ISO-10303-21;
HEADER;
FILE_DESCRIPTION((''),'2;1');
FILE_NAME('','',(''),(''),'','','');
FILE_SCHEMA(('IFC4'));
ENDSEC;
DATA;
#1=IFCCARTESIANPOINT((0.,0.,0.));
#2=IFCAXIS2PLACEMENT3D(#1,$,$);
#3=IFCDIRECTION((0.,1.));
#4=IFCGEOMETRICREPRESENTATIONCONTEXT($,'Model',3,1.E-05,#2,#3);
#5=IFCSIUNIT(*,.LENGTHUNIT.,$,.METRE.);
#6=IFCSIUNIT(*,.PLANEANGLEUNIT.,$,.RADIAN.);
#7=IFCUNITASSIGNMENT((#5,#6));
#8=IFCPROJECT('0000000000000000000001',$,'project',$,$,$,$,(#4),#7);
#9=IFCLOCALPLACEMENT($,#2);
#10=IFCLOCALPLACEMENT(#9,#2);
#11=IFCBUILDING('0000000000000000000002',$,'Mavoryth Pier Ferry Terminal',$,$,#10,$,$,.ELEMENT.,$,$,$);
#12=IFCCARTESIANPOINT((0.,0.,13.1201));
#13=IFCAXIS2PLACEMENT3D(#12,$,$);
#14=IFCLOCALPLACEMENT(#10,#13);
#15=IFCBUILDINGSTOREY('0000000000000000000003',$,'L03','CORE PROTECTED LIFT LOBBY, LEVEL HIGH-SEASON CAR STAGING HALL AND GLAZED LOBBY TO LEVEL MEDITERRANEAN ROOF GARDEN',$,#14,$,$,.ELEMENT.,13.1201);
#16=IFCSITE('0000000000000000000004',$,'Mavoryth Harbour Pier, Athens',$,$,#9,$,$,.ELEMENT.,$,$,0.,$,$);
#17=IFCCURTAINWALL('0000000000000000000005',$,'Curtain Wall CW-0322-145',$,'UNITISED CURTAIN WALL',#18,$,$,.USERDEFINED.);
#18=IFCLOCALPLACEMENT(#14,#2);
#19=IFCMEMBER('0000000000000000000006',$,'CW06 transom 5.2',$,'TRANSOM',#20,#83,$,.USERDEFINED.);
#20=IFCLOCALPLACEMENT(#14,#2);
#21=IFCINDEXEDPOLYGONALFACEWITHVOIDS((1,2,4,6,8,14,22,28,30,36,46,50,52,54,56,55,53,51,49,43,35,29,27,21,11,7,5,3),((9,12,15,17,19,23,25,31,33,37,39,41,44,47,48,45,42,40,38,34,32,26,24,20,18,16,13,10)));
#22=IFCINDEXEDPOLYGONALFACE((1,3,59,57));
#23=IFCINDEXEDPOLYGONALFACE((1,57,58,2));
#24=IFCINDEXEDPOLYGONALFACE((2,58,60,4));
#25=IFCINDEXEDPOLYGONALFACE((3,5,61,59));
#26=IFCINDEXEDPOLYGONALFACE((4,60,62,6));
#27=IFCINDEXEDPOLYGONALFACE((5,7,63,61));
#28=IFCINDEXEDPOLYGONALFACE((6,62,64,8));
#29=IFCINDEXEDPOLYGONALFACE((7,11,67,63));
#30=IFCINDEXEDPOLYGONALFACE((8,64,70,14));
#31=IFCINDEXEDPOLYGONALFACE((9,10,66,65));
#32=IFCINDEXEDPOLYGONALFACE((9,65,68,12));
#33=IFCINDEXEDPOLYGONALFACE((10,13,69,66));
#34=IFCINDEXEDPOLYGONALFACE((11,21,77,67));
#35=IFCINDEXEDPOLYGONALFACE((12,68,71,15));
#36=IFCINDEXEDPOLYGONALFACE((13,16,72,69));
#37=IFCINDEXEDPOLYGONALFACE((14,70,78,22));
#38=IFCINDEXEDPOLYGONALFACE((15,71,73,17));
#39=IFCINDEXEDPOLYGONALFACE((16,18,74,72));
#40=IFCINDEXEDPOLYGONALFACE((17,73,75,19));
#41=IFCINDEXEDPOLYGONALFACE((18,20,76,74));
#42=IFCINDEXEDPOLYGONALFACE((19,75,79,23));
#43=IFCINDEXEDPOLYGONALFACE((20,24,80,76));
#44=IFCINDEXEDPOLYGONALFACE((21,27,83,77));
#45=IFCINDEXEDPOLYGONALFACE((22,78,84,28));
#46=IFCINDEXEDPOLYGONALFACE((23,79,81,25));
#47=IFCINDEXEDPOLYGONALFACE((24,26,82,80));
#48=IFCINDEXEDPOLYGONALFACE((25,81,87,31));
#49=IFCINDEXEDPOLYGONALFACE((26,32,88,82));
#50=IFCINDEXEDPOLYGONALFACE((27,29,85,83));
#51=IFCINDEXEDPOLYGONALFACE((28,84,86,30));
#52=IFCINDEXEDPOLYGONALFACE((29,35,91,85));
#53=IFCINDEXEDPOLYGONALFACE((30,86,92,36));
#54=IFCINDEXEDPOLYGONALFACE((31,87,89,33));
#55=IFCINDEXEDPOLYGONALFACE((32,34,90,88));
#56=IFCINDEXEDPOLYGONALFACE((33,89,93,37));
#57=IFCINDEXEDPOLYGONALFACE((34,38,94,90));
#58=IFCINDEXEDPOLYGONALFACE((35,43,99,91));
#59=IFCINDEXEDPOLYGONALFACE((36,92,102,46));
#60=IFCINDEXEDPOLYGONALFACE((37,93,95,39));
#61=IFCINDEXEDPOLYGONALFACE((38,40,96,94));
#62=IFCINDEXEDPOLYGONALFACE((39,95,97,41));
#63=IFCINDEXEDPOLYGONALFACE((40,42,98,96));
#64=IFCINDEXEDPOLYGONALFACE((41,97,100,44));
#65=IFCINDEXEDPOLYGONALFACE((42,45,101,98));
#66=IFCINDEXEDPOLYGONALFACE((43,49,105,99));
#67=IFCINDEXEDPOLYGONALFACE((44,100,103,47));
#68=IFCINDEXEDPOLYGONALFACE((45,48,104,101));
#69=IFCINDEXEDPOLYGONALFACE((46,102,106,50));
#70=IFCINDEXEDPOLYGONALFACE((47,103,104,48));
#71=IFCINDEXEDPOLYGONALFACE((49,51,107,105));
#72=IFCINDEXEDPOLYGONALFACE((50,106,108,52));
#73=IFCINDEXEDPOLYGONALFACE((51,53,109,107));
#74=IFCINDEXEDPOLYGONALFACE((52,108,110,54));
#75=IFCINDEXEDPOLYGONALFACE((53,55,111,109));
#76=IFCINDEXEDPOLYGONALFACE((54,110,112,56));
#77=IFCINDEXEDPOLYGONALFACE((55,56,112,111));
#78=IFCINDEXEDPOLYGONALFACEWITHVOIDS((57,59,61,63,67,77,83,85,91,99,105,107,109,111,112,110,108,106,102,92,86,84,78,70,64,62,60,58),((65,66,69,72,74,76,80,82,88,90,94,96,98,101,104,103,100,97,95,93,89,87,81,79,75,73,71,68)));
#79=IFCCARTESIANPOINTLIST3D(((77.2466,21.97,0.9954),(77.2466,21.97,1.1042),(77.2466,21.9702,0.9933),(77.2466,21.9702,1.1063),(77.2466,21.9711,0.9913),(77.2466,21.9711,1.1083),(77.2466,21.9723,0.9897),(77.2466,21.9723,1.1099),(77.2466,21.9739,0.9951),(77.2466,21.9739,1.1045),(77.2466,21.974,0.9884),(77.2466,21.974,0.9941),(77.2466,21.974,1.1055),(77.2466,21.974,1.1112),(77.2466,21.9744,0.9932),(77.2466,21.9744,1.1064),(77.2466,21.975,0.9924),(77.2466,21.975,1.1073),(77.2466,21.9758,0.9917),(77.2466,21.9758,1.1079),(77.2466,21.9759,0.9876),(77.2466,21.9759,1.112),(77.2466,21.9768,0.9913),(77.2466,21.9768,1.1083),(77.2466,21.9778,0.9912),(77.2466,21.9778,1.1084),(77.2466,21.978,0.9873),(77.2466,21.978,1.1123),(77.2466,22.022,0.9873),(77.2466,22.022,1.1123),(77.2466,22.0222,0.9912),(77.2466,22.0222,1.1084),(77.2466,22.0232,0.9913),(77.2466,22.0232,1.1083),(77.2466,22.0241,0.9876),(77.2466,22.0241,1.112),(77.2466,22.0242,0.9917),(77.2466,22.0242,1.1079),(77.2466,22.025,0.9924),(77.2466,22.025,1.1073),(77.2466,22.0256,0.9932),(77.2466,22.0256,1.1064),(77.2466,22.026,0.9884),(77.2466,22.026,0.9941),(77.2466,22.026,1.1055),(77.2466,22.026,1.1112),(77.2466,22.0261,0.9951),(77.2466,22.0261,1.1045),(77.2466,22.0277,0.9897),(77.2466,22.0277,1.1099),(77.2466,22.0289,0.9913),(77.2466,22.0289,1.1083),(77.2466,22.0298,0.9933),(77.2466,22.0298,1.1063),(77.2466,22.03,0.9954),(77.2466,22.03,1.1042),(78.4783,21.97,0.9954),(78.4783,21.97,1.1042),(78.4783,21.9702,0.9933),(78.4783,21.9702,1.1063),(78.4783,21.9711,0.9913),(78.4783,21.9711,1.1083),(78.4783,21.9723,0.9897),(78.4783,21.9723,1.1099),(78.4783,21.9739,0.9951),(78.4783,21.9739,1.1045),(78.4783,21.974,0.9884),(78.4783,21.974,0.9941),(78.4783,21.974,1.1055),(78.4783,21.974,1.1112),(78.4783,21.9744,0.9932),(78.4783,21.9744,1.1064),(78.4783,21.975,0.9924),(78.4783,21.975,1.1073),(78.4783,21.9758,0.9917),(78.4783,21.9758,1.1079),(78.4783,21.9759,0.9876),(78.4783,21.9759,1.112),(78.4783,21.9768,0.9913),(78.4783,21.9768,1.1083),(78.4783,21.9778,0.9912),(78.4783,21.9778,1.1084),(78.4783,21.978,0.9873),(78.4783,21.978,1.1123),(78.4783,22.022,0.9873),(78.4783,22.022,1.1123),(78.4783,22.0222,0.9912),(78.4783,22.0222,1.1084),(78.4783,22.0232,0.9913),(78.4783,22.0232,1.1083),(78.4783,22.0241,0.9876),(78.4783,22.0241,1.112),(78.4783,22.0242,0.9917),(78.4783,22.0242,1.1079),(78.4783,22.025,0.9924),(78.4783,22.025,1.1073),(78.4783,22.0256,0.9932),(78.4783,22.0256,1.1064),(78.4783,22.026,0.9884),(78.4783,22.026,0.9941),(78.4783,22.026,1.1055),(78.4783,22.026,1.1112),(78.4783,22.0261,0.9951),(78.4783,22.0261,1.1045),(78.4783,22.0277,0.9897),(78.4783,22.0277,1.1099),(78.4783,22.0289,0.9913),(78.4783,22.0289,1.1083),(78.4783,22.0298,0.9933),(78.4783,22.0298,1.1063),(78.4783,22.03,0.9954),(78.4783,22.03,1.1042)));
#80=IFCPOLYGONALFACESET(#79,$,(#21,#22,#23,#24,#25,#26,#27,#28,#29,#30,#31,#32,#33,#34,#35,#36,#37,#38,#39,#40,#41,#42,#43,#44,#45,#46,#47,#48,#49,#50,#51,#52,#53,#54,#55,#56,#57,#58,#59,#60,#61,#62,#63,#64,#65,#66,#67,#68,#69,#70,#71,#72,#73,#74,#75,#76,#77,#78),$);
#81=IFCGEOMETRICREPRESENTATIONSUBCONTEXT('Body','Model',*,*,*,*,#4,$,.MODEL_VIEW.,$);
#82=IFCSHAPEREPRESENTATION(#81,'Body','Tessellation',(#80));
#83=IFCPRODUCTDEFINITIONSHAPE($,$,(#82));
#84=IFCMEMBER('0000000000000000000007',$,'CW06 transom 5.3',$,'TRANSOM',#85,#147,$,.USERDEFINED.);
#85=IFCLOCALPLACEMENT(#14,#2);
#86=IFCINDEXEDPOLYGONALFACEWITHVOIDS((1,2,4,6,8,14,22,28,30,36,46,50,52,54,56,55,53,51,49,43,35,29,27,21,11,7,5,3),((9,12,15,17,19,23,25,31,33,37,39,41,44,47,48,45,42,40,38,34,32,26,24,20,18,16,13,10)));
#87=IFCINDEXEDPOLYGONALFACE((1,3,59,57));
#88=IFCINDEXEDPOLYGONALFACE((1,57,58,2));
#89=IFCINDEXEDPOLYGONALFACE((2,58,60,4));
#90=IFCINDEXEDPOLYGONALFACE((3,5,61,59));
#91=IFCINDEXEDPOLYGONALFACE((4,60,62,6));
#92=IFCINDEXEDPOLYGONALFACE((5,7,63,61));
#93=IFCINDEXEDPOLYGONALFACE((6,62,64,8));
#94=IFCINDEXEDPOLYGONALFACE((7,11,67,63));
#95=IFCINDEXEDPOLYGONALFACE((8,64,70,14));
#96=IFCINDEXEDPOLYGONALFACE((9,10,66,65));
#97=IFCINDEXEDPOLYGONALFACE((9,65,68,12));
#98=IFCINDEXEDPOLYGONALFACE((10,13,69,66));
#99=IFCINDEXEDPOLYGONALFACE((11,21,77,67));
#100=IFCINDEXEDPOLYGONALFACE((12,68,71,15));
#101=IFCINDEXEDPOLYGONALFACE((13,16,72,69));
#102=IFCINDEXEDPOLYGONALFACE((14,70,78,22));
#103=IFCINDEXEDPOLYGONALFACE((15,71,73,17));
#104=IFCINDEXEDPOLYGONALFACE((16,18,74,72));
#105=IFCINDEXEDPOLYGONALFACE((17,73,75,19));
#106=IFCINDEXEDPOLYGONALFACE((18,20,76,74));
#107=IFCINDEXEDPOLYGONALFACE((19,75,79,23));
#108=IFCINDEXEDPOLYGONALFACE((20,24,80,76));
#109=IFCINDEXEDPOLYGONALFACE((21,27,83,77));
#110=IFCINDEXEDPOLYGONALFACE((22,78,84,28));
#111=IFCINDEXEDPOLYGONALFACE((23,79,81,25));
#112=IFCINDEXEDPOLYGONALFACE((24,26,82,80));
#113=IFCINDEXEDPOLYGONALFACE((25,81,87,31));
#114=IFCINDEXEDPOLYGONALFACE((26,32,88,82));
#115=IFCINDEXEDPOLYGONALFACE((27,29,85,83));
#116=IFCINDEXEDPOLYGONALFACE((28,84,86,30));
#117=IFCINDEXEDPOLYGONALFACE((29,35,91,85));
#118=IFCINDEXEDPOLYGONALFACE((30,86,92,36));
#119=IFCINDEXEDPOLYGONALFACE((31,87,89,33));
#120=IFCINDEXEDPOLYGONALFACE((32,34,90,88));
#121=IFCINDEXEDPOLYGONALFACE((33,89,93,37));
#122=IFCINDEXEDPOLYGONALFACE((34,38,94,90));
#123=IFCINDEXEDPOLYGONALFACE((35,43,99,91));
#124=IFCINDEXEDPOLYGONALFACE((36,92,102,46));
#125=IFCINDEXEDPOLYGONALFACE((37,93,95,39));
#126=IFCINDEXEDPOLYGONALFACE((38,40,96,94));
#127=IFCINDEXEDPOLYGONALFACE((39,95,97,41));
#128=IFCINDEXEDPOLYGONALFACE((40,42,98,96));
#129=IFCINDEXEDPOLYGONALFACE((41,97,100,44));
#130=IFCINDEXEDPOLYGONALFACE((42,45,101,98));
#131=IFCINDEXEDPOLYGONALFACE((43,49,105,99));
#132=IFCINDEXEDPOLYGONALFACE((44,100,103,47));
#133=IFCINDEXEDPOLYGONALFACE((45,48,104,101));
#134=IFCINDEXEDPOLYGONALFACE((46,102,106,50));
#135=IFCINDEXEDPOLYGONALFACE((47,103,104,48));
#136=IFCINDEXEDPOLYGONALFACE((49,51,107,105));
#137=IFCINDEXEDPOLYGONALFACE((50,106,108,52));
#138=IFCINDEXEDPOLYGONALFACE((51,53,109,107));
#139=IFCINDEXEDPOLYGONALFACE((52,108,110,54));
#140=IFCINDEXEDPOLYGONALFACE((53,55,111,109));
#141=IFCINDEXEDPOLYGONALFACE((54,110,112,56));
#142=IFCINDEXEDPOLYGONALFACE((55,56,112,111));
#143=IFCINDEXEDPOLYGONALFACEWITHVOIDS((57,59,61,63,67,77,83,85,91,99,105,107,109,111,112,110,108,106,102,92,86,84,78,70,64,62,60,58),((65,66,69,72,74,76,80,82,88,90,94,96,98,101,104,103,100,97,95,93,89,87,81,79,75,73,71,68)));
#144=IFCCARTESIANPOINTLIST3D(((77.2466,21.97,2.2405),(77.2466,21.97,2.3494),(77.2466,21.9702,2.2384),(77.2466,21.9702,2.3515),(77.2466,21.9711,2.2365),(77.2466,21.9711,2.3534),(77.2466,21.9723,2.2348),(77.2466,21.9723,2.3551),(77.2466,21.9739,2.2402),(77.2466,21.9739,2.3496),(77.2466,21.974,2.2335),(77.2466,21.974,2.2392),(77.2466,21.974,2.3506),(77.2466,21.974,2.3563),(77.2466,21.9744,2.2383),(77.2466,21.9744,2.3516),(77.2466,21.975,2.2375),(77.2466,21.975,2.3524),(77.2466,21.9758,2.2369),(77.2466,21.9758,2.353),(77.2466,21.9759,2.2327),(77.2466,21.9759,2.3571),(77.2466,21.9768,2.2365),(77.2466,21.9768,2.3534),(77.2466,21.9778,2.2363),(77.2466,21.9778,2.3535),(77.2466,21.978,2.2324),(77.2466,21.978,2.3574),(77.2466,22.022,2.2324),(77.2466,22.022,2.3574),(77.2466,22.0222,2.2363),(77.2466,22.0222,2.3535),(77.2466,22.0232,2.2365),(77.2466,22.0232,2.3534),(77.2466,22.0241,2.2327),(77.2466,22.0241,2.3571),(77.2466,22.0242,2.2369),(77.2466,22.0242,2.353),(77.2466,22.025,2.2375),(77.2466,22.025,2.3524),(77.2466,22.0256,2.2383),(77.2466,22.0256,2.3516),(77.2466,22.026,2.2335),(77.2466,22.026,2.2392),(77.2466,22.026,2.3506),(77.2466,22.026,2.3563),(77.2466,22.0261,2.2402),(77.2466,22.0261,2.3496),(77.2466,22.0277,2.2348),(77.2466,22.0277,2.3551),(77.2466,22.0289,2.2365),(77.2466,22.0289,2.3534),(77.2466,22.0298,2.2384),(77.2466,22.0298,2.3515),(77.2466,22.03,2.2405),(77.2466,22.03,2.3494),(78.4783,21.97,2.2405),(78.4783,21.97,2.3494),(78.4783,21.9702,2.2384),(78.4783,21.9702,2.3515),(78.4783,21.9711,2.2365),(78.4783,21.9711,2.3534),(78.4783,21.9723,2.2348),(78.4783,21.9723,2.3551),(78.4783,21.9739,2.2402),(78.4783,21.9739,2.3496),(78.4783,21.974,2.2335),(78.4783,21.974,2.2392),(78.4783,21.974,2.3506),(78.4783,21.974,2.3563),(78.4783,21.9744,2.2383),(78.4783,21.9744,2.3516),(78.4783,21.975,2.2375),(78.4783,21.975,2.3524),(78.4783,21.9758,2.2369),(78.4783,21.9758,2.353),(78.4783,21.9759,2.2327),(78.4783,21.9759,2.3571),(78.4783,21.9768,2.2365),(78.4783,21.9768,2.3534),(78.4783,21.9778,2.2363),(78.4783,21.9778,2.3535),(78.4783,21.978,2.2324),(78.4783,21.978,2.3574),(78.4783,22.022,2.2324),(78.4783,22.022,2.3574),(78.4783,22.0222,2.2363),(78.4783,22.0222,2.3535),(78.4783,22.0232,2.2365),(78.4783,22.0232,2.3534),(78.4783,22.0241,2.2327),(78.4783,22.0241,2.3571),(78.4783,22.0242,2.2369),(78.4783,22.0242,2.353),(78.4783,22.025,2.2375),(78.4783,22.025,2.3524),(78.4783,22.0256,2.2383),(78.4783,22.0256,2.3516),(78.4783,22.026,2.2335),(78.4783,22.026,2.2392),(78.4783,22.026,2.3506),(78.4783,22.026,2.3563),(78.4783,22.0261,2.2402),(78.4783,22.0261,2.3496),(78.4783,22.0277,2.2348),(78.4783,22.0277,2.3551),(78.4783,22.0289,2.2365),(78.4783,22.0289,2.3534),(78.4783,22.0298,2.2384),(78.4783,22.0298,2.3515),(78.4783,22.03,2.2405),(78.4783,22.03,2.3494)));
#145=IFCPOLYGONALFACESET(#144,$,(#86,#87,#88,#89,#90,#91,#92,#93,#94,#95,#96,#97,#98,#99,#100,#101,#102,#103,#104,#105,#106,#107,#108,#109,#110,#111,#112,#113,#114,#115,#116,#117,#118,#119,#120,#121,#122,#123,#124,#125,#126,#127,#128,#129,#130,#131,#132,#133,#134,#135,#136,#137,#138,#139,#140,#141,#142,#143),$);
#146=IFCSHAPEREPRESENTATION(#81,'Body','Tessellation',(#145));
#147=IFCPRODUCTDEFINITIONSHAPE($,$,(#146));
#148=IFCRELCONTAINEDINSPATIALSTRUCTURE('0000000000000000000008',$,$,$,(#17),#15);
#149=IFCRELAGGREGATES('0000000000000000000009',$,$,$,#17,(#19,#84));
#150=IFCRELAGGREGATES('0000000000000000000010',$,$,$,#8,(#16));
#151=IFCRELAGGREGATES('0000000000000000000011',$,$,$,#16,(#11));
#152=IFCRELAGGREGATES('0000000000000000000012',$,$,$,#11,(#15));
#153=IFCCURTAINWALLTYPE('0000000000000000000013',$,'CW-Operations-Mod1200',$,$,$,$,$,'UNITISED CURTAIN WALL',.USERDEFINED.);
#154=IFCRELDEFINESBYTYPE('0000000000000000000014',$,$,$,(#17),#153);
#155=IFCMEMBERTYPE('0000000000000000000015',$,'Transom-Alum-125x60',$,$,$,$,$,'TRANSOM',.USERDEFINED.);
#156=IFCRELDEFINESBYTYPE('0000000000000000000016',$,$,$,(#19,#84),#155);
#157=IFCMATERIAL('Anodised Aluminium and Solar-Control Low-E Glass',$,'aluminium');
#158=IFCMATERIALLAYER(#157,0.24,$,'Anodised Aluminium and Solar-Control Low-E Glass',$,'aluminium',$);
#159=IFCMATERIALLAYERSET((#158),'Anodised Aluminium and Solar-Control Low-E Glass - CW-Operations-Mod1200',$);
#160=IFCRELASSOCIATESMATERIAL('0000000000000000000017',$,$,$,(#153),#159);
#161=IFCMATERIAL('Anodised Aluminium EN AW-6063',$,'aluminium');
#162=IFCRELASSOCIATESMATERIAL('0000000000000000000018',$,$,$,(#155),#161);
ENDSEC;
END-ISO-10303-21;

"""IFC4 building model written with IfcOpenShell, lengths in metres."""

from ifc_helpers import new_model, si_unit, direction, frame, origin, origin_2d, place, context, subcontext, project, spatial, hollow_rectangle, extrude, material, layer, layer_set, material_profile, profile_set, type_object, element, aggregate, save


model = new_model("IFC4")

# Units and contexts
model_context = context("Model", 3, precision=1e-05, world=origin(), true_north=direction((0.0, 1.0)))
body_context = subcontext(model_context, "Body", "Model", "MODEL_VIEW")
ifc_project = project(units=[si_unit("LENGTHUNIT", "METRE"), si_unit("PLANEANGLEUNIT", "RADIAN")], contexts=[model_context])

# Site, building, storey
site_placement = place(None, origin())
site = spatial("IfcSite", under=ifc_project, at=site_placement, Name="Mavoryth Harbour Pier, Athens", CompositionType="ELEMENT", RefElevation=0.0)
building_placement = place(site_placement, origin())
building = spatial("IfcBuilding", under=site, at=building_placement, Name="Mavoryth Pier Ferry Terminal", CompositionType="ELEMENT")
storey_placement = place(building_placement, frame((0.0, 0.0, 13.1201)))
storey = spatial("IfcBuildingStorey", under=building, at=storey_placement, Name="L03", Description="CORE PROTECTED LIFT LOBBY, LEVEL HIGH-SEASON CAR STAGING HALL AND GLAZED LOBBY TO LEVEL MEDITERRANEAN ROOF GARDEN", CompositionType="ELEMENT", Elevation=13.1201)

# Curtain wall
ifc_material_1 = material(Name="Anodised Aluminium and Solar-Control Low-E Glass", Category="aluminium")
ifc_layer_1 = layer(ifc_material_1, 0.24, Name="Anodised Aluminium and Solar-Control Low-E Glass", Category="aluminium")
ifc_layer_set_1 = layer_set([ifc_layer_1], Name="Anodised Aluminium and Solar-Control Low-E Glass - CW-Operations-Mod1200")
curtain_wall_type = type_object("IfcCurtainWallType", Name="CW-Operations-Mod1200", ElementType="UNITISED CURTAIN WALL", PredefinedType="USERDEFINED", material=ifc_layer_set_1)
curtain_wall_placement = place(storey_placement, origin())
curtain_wall = element("IfcCurtainWall", 1, at=curtain_wall_placement, inside=storey, type_object=curtain_wall_type, Name="Curtain Wall CW-0322-145", ObjectType="UNITISED CURTAIN WALL", PredefinedType="USERDEFINED")
ifc_material_2 = material(Name="Anodised Aluminium EN AW-6063", Category="aluminium")

# Members
ifc_material_profile_1 = material_profile(ifc_material_2, hollow_rectangle(XDim=0.0601, YDim=0.125, WallThickness=0.0039, InnerFilletRadius=0.0039, OuterFilletRadius=0.0081, at=origin_2d()), Name="AL-TRAN 125x60x4", Category="aluminium")
ifc_profile_set_1 = profile_set([ifc_material_profile_1], Name="Anodised Aluminium EN AW-6063 - AL-TRAN 125x60x4")
member_type_1 = type_object("IfcMemberType", Name="Transom-Alum-125x60", ElementType="TRANSOM", PredefinedType="USERDEFINED", material=ifc_profile_set_1)
member_1_placement = place(storey_placement, frame((78.4783, 22.0, 1.0498), z_axis=(-1.0, 0.0, 0.0), x_axis=(0.0, -1.0, 0.0)))
member_1 = element("IfcMember", 2, at=member_1_placement, type_object=member_type_1, Name="CW06 transom 5.2", ObjectType="TRANSOM", PredefinedType="USERDEFINED", context=body_context, shape_type="SweptSolid", body=[
    extrude(hollow_rectangle(XDim=0.0601, YDim=0.125, WallThickness=0.0039, InnerFilletRadius=0.0039, OuterFilletRadius=0.0081, at=origin_2d()), origin(), (0.0, 0.0, 1.0), 1.2317),
])
member_2_placement = place(storey_placement, frame((78.4783, 22.0, 2.2949), z_axis=(-1.0, 0.0, 0.0), x_axis=(0.0, -1.0, 0.0)))
member_2 = element("IfcMember", 3, at=member_2_placement, type_object=member_type_1, Name="CW06 transom 5.3", ObjectType="TRANSOM", PredefinedType="USERDEFINED", context=body_context, shape_type="SweptSolid", body=[
    extrude(hollow_rectangle(XDim=0.0601, YDim=0.125, WallThickness=0.0039, InnerFilletRadius=0.0039, OuterFilletRadius=0.0081, at=origin_2d()), origin(), (0.0, 0.0, 1.0), 1.2317),
])

aggregate(curtain_wall, [member_1, member_2])

save(model, "model.ifc")
